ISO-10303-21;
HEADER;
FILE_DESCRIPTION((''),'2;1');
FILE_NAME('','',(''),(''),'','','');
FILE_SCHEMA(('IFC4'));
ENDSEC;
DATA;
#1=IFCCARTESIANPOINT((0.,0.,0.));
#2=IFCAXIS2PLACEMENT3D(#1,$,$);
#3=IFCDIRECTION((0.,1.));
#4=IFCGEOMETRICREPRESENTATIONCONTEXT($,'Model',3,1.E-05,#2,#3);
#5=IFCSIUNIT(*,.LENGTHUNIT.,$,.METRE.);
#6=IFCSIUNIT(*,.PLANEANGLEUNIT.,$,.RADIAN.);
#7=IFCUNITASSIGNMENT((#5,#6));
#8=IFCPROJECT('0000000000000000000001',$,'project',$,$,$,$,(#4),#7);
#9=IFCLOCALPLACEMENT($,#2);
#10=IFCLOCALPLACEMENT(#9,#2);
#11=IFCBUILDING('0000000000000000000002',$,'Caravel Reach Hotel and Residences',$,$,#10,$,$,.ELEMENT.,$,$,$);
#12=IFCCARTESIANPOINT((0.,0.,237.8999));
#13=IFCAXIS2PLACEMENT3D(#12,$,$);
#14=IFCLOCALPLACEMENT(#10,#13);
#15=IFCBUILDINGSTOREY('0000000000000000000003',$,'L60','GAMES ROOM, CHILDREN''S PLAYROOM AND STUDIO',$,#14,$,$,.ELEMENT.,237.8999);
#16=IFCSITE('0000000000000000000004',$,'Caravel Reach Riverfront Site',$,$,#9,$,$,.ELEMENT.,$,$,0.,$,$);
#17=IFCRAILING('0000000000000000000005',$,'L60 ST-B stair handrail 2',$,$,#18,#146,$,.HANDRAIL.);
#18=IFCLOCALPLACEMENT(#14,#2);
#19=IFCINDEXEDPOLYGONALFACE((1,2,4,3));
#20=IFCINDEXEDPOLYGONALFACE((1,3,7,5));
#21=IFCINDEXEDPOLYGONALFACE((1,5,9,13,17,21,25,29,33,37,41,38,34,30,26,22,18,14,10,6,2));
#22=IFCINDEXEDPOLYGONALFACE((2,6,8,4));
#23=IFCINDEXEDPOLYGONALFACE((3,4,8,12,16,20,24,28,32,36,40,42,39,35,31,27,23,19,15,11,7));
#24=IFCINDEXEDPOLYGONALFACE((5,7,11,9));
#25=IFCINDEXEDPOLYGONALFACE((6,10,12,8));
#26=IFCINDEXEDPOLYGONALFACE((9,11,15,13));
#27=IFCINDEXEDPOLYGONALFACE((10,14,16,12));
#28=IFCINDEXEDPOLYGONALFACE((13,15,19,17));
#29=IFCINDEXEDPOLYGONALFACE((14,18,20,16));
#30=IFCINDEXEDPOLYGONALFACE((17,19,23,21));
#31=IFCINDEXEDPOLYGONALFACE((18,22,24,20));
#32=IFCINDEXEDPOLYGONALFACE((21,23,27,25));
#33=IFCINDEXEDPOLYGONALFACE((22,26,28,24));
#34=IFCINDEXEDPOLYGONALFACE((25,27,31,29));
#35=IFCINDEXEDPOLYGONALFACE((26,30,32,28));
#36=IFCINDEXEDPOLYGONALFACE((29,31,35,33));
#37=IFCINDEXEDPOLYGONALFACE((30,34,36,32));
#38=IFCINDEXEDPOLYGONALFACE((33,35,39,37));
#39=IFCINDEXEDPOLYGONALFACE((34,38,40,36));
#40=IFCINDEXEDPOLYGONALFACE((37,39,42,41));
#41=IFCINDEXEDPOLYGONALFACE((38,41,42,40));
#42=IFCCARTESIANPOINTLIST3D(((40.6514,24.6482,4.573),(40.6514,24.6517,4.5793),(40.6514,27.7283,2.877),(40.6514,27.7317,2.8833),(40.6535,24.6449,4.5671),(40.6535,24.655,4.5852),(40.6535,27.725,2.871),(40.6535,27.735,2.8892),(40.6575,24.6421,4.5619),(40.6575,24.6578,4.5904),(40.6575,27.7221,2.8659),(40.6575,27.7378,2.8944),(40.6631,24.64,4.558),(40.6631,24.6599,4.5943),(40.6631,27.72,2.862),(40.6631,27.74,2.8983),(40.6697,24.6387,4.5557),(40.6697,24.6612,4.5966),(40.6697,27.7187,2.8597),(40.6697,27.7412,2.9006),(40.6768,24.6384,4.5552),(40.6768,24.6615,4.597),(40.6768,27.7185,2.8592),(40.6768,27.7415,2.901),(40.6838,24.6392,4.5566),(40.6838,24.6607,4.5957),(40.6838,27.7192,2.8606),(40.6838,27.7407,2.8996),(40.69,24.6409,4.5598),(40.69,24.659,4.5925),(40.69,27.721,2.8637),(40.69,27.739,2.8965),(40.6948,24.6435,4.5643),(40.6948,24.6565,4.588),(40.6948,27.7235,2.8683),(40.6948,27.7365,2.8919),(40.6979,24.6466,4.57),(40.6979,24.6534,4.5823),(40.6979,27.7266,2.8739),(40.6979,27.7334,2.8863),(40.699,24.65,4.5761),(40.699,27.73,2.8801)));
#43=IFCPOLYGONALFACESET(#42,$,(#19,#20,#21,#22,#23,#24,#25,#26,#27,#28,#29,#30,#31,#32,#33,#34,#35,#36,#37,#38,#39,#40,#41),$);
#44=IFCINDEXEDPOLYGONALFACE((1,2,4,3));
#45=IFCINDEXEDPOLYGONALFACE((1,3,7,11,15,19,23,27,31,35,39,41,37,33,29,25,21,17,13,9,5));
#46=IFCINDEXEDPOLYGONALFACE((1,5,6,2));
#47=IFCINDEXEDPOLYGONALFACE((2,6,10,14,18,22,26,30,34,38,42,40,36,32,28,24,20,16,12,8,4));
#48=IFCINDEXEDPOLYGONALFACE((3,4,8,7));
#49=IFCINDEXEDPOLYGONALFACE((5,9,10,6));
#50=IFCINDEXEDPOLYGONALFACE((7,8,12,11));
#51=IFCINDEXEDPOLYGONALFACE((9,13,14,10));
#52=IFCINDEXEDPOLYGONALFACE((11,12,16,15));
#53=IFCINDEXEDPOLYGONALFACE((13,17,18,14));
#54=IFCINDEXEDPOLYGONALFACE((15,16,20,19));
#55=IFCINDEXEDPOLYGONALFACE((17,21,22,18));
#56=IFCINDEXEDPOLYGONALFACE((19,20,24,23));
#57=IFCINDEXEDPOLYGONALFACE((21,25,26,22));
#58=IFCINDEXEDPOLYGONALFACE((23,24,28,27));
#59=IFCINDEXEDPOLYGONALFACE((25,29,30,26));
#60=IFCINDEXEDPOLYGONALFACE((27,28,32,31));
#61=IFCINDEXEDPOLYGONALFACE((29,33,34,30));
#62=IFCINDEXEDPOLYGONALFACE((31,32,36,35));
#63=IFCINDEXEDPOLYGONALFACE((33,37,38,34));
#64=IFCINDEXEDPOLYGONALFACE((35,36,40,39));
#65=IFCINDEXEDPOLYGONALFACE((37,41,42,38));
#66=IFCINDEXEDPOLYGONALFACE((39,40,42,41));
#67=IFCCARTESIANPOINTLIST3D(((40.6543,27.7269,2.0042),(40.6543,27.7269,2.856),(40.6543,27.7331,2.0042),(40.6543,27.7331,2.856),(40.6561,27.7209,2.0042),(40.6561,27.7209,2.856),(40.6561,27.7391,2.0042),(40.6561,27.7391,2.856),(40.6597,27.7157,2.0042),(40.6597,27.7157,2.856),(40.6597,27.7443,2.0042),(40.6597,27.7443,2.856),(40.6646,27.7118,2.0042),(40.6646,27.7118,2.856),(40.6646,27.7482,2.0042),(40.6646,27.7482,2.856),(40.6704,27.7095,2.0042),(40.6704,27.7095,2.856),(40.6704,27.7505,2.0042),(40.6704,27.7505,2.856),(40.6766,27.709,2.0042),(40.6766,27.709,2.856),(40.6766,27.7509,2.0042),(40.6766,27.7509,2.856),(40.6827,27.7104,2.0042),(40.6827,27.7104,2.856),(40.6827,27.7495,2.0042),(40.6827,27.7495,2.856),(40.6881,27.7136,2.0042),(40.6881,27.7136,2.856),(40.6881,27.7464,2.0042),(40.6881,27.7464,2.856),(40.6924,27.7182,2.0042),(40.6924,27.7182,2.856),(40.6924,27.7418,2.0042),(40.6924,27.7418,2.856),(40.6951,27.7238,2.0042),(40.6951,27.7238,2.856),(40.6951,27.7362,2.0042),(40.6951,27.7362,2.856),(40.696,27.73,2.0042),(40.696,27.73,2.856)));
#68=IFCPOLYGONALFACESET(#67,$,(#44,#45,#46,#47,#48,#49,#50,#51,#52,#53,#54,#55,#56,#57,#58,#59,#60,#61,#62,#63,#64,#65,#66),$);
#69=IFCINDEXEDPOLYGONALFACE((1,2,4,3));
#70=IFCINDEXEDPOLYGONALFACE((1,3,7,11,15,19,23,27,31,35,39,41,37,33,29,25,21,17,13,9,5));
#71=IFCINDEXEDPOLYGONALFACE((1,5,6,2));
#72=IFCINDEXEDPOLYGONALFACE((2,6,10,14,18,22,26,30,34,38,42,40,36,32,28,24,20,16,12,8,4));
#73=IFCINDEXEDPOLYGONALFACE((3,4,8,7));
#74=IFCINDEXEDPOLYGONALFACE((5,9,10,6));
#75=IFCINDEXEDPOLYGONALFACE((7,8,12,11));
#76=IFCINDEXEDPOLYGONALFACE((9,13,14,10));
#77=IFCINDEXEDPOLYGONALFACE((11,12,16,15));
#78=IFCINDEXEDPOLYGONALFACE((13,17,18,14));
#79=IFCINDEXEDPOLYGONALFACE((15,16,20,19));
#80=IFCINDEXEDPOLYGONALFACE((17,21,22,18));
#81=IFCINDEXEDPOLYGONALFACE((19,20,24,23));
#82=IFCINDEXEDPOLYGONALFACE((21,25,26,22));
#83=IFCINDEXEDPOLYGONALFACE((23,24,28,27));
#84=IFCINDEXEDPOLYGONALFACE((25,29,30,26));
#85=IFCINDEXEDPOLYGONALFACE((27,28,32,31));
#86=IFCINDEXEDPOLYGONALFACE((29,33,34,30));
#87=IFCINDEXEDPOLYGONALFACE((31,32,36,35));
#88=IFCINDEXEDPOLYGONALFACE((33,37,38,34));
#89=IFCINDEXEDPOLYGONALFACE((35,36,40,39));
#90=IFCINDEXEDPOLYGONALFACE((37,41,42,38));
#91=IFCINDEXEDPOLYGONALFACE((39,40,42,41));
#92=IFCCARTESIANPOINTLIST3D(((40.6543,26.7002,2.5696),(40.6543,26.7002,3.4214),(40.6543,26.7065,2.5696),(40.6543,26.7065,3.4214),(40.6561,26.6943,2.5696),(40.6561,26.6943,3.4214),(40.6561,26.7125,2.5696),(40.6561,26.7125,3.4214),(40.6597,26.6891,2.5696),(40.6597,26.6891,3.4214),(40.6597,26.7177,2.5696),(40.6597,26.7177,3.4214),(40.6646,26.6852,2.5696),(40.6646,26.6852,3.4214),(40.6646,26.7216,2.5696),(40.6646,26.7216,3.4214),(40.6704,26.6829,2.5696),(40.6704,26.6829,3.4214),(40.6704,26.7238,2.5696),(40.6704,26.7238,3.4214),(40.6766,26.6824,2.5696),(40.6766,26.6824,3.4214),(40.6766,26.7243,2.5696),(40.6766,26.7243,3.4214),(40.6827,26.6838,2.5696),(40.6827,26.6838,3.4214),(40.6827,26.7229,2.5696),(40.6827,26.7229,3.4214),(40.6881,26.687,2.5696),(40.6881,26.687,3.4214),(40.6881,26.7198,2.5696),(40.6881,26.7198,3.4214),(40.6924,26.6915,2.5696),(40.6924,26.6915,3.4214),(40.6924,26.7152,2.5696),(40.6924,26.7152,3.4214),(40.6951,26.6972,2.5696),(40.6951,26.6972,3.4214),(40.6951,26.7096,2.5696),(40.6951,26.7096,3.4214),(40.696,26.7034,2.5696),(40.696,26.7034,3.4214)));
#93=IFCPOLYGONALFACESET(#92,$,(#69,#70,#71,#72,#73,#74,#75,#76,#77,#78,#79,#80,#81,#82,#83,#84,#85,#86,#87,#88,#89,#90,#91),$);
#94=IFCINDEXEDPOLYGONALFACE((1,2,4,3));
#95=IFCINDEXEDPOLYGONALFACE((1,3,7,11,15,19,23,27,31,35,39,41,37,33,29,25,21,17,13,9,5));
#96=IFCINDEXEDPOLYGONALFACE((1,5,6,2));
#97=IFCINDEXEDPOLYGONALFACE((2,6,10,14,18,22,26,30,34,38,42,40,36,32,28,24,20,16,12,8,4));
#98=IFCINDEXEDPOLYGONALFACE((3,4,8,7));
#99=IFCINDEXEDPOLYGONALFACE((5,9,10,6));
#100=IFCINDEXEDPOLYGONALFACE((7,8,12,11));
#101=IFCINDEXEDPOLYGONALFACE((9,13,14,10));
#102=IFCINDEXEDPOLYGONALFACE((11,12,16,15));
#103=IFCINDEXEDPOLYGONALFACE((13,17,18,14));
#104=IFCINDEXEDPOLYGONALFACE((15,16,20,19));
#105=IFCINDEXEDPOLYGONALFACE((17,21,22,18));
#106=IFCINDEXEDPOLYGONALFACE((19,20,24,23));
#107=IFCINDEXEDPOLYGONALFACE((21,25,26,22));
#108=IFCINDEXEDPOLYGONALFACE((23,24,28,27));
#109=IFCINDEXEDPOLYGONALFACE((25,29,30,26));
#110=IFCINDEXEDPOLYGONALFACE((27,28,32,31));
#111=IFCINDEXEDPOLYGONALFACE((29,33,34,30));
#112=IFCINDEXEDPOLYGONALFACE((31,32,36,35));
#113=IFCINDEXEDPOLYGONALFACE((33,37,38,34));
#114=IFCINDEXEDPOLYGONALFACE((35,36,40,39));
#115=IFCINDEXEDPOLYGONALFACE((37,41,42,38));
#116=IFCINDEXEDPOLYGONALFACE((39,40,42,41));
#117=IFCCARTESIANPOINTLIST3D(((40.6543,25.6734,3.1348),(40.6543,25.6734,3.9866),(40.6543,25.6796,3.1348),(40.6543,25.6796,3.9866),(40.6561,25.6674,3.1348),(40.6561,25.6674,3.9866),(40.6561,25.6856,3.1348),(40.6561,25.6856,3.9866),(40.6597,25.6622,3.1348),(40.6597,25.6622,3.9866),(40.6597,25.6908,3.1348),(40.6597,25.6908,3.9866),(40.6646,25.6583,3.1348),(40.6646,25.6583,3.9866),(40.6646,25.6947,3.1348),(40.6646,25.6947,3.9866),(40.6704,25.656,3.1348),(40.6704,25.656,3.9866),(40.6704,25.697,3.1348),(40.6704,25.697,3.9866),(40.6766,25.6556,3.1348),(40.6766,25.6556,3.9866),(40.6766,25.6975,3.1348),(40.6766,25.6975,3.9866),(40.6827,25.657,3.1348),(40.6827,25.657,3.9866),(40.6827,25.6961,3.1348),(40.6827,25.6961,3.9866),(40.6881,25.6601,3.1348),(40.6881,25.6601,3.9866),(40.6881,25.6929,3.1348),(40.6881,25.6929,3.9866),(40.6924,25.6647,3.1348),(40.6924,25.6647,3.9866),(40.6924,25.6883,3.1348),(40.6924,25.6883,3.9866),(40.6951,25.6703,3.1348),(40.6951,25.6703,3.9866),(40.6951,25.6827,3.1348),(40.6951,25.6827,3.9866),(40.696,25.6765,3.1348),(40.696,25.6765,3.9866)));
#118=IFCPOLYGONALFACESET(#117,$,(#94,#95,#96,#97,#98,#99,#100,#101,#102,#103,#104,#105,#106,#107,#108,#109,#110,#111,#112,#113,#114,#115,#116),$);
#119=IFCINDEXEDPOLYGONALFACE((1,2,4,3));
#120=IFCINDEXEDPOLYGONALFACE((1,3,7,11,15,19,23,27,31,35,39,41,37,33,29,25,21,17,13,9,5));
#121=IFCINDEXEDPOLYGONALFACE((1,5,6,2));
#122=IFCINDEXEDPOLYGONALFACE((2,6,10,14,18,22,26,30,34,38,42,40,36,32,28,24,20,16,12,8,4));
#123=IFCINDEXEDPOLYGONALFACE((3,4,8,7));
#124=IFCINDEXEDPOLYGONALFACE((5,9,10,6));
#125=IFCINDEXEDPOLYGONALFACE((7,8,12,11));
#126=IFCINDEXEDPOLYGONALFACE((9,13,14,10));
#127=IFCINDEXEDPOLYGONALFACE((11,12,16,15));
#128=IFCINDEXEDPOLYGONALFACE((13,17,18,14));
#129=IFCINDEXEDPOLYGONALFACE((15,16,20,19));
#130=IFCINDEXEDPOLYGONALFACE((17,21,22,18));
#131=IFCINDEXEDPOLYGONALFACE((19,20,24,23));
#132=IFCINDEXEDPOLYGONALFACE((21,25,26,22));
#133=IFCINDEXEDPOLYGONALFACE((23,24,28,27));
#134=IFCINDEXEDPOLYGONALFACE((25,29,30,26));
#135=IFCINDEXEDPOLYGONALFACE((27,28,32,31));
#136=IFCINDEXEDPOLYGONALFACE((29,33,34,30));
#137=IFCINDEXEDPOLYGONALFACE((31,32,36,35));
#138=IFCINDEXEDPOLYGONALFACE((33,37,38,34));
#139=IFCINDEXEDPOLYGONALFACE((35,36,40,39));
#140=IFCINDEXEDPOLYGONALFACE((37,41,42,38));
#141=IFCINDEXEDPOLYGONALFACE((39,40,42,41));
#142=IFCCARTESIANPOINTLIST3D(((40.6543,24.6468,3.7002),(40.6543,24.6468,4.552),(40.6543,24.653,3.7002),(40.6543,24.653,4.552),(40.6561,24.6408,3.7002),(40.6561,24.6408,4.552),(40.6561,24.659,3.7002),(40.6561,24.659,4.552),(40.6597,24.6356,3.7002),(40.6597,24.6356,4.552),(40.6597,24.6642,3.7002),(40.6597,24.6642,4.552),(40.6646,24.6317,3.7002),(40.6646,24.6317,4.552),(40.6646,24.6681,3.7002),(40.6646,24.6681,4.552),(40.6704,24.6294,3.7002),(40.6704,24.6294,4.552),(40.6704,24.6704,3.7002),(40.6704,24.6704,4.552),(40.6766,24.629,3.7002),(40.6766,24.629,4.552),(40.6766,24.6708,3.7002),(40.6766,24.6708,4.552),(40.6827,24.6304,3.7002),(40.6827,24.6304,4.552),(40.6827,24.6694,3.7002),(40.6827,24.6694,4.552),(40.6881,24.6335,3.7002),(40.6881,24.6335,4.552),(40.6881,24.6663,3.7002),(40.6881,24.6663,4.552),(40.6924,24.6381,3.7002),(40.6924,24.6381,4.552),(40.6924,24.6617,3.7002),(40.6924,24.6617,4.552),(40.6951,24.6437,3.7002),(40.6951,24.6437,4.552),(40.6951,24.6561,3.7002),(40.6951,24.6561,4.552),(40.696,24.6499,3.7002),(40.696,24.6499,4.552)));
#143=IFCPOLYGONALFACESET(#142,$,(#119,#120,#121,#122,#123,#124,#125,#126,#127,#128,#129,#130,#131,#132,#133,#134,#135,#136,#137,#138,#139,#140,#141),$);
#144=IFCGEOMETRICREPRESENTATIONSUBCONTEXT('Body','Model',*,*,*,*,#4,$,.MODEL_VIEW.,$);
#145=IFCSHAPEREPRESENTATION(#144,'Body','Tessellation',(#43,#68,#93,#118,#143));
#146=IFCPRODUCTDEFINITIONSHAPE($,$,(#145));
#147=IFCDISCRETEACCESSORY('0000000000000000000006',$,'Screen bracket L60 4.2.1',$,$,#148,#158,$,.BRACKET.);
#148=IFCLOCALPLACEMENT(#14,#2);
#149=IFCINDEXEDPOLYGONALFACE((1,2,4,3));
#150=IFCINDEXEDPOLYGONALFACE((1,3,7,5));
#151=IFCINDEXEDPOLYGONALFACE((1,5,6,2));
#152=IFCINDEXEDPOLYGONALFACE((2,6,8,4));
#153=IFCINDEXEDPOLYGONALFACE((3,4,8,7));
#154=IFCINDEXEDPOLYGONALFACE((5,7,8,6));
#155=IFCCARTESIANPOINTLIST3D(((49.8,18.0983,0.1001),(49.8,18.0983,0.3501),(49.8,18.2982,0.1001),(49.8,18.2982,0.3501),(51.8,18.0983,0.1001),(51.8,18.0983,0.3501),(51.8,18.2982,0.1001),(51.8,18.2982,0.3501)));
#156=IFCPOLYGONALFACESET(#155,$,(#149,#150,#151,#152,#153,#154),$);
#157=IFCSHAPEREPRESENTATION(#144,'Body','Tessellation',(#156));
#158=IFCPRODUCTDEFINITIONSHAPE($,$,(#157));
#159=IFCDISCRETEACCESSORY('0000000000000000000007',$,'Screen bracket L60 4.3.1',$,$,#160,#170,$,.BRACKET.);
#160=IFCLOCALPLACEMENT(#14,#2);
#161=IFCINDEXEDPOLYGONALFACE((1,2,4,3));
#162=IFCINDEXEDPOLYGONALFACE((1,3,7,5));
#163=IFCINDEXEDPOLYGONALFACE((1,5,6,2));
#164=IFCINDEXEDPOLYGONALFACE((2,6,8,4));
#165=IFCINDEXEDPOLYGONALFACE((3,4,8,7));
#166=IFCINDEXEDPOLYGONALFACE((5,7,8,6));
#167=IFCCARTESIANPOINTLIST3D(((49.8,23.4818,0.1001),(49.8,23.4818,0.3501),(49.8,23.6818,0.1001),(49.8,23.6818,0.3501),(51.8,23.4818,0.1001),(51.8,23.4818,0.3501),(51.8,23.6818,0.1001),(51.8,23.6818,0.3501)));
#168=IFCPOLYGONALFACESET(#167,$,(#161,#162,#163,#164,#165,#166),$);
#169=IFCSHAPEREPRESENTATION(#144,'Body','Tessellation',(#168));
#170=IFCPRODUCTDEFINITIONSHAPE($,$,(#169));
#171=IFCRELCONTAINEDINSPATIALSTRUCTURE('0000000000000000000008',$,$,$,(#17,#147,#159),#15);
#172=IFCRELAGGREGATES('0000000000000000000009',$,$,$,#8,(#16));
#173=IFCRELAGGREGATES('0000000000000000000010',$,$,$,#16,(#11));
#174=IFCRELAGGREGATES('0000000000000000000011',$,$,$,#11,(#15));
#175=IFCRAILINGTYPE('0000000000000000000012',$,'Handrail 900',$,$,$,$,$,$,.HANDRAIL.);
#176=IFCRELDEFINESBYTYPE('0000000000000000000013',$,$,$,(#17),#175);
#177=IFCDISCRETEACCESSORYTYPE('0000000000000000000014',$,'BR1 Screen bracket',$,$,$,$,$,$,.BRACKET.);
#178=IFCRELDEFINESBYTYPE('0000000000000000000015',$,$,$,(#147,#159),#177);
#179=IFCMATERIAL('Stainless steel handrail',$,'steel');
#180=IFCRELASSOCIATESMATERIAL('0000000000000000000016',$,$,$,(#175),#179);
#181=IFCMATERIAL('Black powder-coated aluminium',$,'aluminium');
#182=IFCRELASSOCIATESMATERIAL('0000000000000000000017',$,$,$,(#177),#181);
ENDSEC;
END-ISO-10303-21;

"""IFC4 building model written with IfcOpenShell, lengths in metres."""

from ifc_helpers import new_model, si_unit, direction, frame, origin, origin_2d, place, context, subcontext, project, spatial, rectangle, circle, extrude, material, type_object, element, save


model = new_model("IFC4")

# Units and contexts
model_context = context("Model", 3, precision=1e-05, world=origin(), true_north=direction((0.0, 1.0)))
body_context = subcontext(model_context, "Body", "Model", "MODEL_VIEW")
ifc_project = project(units=[si_unit("LENGTHUNIT", "METRE"), si_unit("PLANEANGLEUNIT", "RADIAN")], contexts=[model_context])

# Site, building, storey
site_placement = place(None, origin())
site = spatial("IfcSite", under=ifc_project, at=site_placement, Name="Caravel Reach Riverfront Site", CompositionType="ELEMENT", RefElevation=0.0)
building_placement = place(site_placement, origin())
building = spatial("IfcBuilding", under=site, at=building_placement, Name="Caravel Reach Hotel and Residences", CompositionType="ELEMENT")
storey_placement = place(building_placement, frame((0.0, 0.0, 237.8999)))
storey = spatial("IfcBuildingStorey", under=building, at=storey_placement, Name="L60", Description="GAMES ROOM, CHILDREN'S PLAYROOM AND STUDIO", CompositionType="ELEMENT", Elevation=237.8999)

# Railing
ifc_material_1 = material(Name="Stainless steel handrail", Category="steel")
railing_type_1 = type_object("IfcRailingType", Name="Handrail 900", PredefinedType="HANDRAIL", material=ifc_material_1)
railing_1_placement = place(storey_placement, frame((40.675, 27.73, 2.0042)))
element("IfcRailing", 1, at=railing_1_placement, inside=storey, type_object=railing_type_1, Name="L60 ST-B stair handrail 2", PredefinedType="HANDRAIL", context=body_context, shape_type="SweptSolid", body=[
    extrude(circle(Radius=0.0239, at=origin_2d()), frame((0.0, 0.0, 0.876), z_axis=(0.0, -0.875975, 0.482356), x_axis=(1.0, 0.0, 0.0)), (0.0, 0.0, 1.0), 3.5161),
    extrude(circle(Radius=0.021, at=origin_2d()), origin(), (0.0, 0.0, 1.0), 0.8518),
    extrude(circle(Radius=0.021, at=origin_2d()), frame((0.0, -1.0266, 0.5654)), (0.0, 0.0, 1.0), 0.8518),
    extrude(circle(Radius=0.021, at=origin_2d()), frame((0.0, -2.0535, 1.1306)), (0.0, 0.0, 1.0), 0.8518),
    extrude(circle(Radius=0.021, at=origin_2d()), frame((0.0, -3.0801, 1.696)), (0.0, 0.0, 1.0), 0.8518),
])

# Discrete accessories
ifc_material_2 = material(Name="Black powder-coated aluminium", Category="aluminium")
discrete_accessory_type = type_object("IfcDiscreteAccessoryType", Name="BR1 Screen bracket", PredefinedType="BRACKET", material=ifc_material_2)
for number, where, z_axis, x_axis, name in (
    (2, (50.8, 18.1982, 0.1001), (0.0, 0.0, 1.0), (1.0, 0.0, 0.0), "Screen bracket L60 4.2.1"),
    (3, (50.8, 23.5818, 0.1001), (0.0, 0.0, 1.0), (1.0, 0.0, 0.0), "Screen bracket L60 4.3.1"),
):
    element("IfcDiscreteAccessory", number, at=place(storey_placement, frame(where, z_axis=z_axis, x_axis=x_axis)), inside=storey, type_object=discrete_accessory_type, Name=name, PredefinedType="BRACKET", context=body_context, shape_type="SweptSolid", body=[
        extrude(rectangle(XDim=2.0, YDim=0.2, at=origin_2d()), origin(), (0.0, 0.0, 1.0), 0.25),
    ])

save(model, "model.ifc")
